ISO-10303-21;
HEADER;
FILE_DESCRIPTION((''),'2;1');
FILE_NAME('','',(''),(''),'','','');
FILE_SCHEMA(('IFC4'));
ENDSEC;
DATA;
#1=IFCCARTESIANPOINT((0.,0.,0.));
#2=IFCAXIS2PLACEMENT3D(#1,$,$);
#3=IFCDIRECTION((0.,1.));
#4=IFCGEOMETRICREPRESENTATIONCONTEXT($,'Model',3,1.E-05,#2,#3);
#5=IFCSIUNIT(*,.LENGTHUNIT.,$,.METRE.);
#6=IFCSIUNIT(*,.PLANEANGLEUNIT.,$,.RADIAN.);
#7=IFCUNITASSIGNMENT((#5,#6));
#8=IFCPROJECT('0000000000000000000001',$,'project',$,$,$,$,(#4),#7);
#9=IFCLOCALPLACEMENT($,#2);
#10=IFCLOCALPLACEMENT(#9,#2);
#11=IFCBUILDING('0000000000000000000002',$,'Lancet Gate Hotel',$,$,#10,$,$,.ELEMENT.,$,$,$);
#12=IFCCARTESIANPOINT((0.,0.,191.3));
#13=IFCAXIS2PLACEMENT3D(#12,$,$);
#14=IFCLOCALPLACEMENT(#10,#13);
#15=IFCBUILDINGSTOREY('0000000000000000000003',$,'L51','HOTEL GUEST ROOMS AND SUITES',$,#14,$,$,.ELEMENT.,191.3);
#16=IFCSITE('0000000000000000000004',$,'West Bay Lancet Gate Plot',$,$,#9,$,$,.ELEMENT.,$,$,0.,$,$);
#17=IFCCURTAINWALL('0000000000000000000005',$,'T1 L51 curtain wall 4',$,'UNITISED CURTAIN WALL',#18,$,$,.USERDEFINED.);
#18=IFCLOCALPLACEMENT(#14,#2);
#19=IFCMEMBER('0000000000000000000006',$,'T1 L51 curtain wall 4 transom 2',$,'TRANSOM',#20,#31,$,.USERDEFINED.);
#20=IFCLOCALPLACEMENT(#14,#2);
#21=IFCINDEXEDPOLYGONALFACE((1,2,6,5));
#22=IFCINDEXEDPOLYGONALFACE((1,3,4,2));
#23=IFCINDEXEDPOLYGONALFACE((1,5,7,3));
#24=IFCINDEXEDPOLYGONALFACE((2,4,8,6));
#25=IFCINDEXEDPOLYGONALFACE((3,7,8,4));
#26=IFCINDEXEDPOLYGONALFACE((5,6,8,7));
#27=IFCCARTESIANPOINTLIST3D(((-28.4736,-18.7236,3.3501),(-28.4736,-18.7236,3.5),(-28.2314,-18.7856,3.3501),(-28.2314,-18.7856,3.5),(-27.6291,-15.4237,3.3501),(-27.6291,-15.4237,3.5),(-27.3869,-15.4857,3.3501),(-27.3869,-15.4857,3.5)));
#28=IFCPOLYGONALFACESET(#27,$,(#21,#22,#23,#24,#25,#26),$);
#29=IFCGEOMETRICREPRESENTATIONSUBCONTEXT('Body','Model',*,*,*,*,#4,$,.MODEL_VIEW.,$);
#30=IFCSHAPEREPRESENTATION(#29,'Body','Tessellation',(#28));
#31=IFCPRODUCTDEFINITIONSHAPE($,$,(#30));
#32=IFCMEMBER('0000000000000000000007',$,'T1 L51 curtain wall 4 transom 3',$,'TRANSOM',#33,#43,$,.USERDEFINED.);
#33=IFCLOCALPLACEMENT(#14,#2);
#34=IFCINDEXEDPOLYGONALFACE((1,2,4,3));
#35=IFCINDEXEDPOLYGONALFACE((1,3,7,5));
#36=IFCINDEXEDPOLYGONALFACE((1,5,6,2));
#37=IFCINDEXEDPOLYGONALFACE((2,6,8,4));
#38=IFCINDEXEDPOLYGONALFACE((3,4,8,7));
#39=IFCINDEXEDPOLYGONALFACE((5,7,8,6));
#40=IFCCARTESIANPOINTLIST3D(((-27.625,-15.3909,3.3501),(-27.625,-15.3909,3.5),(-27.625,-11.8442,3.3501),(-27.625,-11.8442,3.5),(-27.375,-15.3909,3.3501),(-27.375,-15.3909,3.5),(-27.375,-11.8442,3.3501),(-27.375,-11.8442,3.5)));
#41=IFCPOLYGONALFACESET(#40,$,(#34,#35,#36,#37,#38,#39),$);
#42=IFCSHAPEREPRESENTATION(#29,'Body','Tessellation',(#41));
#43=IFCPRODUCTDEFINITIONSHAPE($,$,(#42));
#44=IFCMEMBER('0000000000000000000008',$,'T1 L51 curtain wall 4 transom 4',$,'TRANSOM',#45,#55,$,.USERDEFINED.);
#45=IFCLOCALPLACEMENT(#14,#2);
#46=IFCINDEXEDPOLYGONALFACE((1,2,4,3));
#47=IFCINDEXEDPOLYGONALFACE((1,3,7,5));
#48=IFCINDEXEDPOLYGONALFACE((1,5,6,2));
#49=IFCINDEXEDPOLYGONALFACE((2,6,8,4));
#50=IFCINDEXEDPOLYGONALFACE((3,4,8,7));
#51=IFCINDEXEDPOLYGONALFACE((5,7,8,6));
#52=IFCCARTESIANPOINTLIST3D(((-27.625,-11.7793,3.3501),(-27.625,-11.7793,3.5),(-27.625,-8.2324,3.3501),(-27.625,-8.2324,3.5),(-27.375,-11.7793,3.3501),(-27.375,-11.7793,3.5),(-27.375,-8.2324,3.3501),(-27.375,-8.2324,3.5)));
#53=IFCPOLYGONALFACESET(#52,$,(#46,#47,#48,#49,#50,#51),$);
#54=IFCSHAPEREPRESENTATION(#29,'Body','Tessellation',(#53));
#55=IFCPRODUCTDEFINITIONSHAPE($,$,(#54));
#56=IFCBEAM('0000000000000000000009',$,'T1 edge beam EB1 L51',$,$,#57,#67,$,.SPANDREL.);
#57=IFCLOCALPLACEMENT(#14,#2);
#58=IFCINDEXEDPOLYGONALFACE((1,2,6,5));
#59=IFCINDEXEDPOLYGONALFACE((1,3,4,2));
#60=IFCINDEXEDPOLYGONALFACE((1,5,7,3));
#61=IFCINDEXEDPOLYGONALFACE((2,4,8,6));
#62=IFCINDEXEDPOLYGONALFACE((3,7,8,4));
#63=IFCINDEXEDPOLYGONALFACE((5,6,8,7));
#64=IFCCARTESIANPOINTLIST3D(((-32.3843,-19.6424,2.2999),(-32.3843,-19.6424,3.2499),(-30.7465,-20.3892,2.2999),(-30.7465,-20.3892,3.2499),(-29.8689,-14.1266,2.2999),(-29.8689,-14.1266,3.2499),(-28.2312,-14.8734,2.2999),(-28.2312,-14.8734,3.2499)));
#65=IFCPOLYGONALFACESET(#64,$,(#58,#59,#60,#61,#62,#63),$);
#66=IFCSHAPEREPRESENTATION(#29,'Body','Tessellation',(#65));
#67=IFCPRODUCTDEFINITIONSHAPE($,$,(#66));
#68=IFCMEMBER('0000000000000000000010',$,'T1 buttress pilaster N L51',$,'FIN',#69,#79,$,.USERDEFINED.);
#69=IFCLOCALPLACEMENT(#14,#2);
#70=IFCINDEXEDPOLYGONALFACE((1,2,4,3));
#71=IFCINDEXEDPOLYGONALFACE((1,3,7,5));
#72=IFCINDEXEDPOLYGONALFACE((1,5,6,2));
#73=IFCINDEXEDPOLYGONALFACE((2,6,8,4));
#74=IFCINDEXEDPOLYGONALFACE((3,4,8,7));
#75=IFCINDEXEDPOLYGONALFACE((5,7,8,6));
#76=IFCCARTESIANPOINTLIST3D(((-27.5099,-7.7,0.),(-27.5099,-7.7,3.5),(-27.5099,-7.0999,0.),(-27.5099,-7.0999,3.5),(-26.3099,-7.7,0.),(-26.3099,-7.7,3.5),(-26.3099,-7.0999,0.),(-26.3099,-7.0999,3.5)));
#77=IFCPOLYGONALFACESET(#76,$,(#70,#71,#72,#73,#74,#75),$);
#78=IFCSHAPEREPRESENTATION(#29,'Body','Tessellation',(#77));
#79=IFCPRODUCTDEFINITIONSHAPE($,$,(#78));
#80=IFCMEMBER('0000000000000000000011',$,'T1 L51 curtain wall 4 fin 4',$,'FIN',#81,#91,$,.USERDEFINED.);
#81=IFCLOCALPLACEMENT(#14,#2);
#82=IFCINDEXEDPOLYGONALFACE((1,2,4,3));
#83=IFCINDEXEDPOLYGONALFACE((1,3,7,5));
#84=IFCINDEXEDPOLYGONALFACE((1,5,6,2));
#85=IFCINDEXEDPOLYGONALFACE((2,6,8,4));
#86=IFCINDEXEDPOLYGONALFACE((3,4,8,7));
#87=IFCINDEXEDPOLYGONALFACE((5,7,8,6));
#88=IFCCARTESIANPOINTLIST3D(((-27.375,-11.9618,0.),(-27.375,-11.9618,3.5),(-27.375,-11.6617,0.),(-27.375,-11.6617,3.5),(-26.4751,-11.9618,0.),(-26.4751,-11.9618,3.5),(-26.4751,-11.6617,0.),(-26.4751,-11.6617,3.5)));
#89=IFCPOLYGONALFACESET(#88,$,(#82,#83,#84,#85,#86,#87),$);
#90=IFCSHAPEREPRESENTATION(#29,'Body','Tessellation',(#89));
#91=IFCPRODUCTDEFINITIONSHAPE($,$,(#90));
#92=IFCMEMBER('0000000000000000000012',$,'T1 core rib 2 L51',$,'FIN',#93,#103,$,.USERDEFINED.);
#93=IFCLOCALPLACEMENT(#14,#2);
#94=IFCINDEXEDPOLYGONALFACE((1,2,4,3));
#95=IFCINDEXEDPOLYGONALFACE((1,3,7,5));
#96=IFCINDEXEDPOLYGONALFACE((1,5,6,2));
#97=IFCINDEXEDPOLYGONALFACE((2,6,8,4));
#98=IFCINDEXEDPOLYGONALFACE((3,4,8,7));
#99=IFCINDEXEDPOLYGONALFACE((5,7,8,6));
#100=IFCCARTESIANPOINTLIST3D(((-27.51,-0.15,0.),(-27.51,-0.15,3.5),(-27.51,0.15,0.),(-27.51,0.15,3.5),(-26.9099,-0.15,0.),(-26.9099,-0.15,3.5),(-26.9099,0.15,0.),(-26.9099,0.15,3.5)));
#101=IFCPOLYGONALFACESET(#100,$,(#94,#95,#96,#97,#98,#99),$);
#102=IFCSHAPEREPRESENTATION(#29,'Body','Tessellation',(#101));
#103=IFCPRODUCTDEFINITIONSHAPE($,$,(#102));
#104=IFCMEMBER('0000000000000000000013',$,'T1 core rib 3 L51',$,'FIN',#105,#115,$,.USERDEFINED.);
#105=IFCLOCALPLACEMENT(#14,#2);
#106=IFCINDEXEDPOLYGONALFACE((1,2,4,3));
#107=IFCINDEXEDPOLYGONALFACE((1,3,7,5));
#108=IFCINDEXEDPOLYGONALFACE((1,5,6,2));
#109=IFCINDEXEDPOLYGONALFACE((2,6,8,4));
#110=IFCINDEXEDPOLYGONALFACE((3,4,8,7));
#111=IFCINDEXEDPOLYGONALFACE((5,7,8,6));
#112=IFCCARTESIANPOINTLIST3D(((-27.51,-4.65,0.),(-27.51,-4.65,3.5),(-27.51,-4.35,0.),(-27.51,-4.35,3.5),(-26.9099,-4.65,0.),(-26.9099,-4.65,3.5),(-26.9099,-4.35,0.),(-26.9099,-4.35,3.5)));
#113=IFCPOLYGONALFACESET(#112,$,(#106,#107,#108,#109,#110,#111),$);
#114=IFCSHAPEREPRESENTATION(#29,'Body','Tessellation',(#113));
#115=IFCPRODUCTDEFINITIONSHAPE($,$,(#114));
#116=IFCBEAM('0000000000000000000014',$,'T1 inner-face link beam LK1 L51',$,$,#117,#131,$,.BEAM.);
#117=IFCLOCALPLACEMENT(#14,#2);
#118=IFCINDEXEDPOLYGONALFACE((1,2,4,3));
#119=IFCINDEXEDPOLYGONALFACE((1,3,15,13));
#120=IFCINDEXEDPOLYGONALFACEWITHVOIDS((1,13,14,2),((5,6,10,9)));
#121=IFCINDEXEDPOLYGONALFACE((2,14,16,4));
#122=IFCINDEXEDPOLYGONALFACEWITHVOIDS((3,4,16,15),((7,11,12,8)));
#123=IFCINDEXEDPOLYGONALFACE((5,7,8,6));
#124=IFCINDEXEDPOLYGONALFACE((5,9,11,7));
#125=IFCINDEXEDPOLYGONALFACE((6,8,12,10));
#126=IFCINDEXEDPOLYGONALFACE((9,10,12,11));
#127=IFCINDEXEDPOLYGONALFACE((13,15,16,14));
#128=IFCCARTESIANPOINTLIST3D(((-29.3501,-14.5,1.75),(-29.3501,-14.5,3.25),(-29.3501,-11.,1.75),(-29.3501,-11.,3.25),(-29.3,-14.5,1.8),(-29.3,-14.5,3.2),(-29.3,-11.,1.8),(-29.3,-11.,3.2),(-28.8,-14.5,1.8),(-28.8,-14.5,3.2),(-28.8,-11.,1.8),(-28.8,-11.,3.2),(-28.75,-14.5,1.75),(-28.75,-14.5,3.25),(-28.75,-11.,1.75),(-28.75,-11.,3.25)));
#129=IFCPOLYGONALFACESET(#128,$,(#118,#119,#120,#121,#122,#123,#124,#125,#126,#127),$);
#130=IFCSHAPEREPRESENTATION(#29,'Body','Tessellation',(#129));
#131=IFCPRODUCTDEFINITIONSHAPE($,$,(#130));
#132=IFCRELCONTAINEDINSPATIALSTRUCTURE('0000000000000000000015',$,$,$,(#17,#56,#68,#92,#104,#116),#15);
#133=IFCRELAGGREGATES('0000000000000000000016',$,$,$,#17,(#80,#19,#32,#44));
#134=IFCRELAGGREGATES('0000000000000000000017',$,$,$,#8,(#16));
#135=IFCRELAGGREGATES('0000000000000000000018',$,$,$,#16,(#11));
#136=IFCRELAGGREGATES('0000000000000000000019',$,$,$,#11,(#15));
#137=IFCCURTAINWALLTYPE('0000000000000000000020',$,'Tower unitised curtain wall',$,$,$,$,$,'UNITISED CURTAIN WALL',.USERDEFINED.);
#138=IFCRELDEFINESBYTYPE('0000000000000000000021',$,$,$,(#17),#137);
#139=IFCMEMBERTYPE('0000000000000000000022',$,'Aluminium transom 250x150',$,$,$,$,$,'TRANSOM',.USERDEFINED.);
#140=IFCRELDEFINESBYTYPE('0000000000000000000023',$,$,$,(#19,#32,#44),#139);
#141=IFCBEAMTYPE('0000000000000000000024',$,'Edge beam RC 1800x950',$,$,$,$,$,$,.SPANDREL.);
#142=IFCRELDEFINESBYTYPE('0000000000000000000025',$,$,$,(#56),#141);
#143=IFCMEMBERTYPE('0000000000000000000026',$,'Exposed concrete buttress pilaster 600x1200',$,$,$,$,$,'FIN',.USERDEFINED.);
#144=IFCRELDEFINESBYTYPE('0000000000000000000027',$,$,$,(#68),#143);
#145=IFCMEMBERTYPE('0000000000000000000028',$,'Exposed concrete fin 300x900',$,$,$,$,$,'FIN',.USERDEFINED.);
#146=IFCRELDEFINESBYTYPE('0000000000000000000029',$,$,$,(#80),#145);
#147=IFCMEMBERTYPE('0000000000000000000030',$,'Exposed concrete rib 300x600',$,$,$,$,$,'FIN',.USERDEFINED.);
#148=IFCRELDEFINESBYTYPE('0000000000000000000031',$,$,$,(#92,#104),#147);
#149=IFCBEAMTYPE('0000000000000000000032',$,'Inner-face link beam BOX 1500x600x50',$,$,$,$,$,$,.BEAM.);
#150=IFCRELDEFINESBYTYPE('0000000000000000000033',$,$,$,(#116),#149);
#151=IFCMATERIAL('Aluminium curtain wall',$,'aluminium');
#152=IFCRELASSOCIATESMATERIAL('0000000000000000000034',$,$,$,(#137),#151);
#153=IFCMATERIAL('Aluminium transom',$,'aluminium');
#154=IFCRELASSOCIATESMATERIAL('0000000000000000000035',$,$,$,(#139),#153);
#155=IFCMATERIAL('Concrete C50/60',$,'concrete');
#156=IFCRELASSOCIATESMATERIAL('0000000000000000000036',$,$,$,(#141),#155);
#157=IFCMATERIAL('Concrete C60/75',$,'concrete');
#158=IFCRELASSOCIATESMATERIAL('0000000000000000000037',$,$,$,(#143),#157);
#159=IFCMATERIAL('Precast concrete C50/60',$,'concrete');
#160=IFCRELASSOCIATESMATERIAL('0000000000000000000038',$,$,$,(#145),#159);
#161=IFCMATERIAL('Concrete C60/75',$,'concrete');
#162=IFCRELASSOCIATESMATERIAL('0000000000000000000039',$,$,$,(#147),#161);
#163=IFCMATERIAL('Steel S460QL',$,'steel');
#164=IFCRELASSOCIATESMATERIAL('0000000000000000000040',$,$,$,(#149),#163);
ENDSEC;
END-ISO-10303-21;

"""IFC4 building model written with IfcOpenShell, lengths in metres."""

from ifc_helpers import new_model, si_unit, direction, frame, origin, origin_2d, place, context, subcontext, project, spatial, rectangle, hollow_rectangle, extrude, material, material_profile, profile_set, type_object, element, aggregate, save


model = new_model("IFC4")

# Units and contexts
model_context = context("Model", 3, precision=1e-05, world=origin(), true_north=direction((0.0, 1.0)))
body_context = subcontext(model_context, "Body", "Model", "MODEL_VIEW")
ifc_project = project(units=[si_unit("LENGTHUNIT", "METRE"), si_unit("PLANEANGLEUNIT", "RADIAN")], contexts=[model_context])

# Site, building, storey
site_placement = place(None, origin())
site = spatial("IfcSite", under=ifc_project, at=site_placement, Name="West Bay Lancet Gate Plot", CompositionType="ELEMENT", RefElevation=0.0)
building_placement = place(site_placement, origin())
building = spatial("IfcBuilding", under=site, at=building_placement, Name="Lancet Gate Hotel", CompositionType="ELEMENT")
storey_placement = place(building_placement, frame((0.0, 0.0, 191.3)))
storey = spatial("IfcBuildingStorey", under=building, at=storey_placement, Name="L51", Description="HOTEL GUEST ROOMS AND SUITES", CompositionType="ELEMENT", Elevation=191.3)

# Curtain wall, members
ifc_material_1 = material(Name="Aluminium curtain wall", Category="aluminium")
curtain_wall_type = type_object("IfcCurtainWallType", Name="Tower unitised curtain wall", ElementType="UNITISED CURTAIN WALL", PredefinedType="USERDEFINED", material=ifc_material_1)
curtain_wall_placement = place(storey_placement, origin())
curtain_wall = element("IfcCurtainWall", 1, at=curtain_wall_placement, inside=storey, type_object=curtain_wall_type, Name="T1 L51 curtain wall 4", ObjectType="UNITISED CURTAIN WALL", PredefinedType="USERDEFINED")
ifc_material_2 = material(Name="Aluminium transom", Category="aluminium")
ifc_material_profile_1 = material_profile(ifc_material_2, rectangle(XDim=0.25, YDim=0.1499, at=origin_2d()), Name="TRANSOM 250x150")
ifc_profile_set_1 = profile_set([ifc_material_profile_1], Name="Aluminium transom")
member_type_1 = type_object("IfcMemberType", Name="Aluminium transom 250x150", ElementType="TRANSOM", PredefinedType="USERDEFINED", material=ifc_profile_set_1)
member_1_placement = place(storey_placement, frame((-28.3525, -18.7546, 3.425), z_axis=(0.247929, 0.968778, 0.0), x_axis=(-0.968778, 0.247929, 0.0)))
member_1 = element("IfcMember", 2, at=member_1_placement, type_object=member_type_1, Name="T1 L51 curtain wall 4 transom 2", ObjectType="TRANSOM", PredefinedType="USERDEFINED", context=body_context, shape_type="SweptSolid", body=[
    extrude(rectangle(XDim=0.25, YDim=0.1499, at=origin_2d()), origin(), (0.0, 0.0, 1.0), 3.4062),
])
member_2_placement = place(storey_placement, frame((-27.5, -15.3909, 3.425), z_axis=(0.0, 1.0, 0.0), x_axis=(-1.0, 0.0, 0.0)))
member_2 = element("IfcMember", 3, at=member_2_placement, type_object=member_type_1, Name="T1 L51 curtain wall 4 transom 3", ObjectType="TRANSOM", PredefinedType="USERDEFINED", context=body_context, shape_type="SweptSolid", body=[
    extrude(rectangle(XDim=0.25, YDim=0.1499, at=origin_2d()), origin(), (0.0, 0.0, 1.0), 3.5466),
])
member_3_placement = place(storey_placement, frame((-27.5, -11.7793, 3.425), z_axis=(0.0, 1.0, 0.0), x_axis=(-1.0, 0.0, 0.0)))
member_3 = element("IfcMember", 4, at=member_3_placement, type_object=member_type_1, Name="T1 L51 curtain wall 4 transom 4", ObjectType="TRANSOM", PredefinedType="USERDEFINED", context=body_context, shape_type="SweptSolid", body=[
    extrude(rectangle(XDim=0.25, YDim=0.1499, at=origin_2d()), origin(), (0.0, 0.0, 1.0), 3.5469),
])

# Beam
ifc_material_3 = material(Name="Concrete C50/60", Category="concrete")
ifc_material_profile_2 = material_profile(ifc_material_3, rectangle(XDim=1.8, YDim=0.95, at=origin_2d()), Name="RC 1800x950")
ifc_profile_set_2 = profile_set([ifc_material_profile_2], Name="Concrete C50/60")
beam_type_1 = type_object("IfcBeamType", Name="Edge beam RC 1800x950", PredefinedType="SPANDREL", material=ifc_profile_set_2)
beam_1_placement = place(storey_placement, frame((-29.05, -14.5, 2.7749), z_axis=(-0.414919, -0.909858, 0.0), x_axis=(0.909858, -0.414919, 0.0)))
element("IfcBeam", 5, at=beam_1_placement, inside=storey, type_object=beam_type_1, Name="T1 edge beam EB1 L51", PredefinedType="SPANDREL", context=body_context, shape_type="SweptSolid", body=[
    extrude(rectangle(XDim=1.8, YDim=0.95, at=origin_2d()), origin(), (0.0, 0.0, 1.0), 6.0623),
])

# Members
ifc_material_4 = material(Name="Concrete C60/75", Category="concrete")
ifc_material_profile_3 = material_profile(ifc_material_4, rectangle(XDim=0.6001, YDim=1.2, at=origin_2d()), Name="FIN 600x1200")
ifc_profile_set_3 = profile_set([ifc_material_profile_3], Name="Concrete C60/75")
member_type_2 = type_object("IfcMemberType", Name="Exposed concrete buttress pilaster 600x1200", ElementType="FIN", PredefinedType="USERDEFINED", material=ifc_profile_set_3)
member_4_placement = place(storey_placement, frame((-26.9099, -7.3999, 0.0), z_axis=(0.0, 0.0, 1.0), x_axis=(0.0, 1.0, 0.0)))
element("IfcMember", 6, at=member_4_placement, inside=storey, type_object=member_type_2, Name="T1 buttress pilaster N L51", ObjectType="FIN", PredefinedType="USERDEFINED", context=body_context, shape_type="SweptSolid", body=[
    extrude(rectangle(XDim=0.6001, YDim=1.2, at=origin_2d()), origin(), (0.0, 0.0, 1.0), 3.5),
])
ifc_material_5 = material(Name="Precast concrete C50/60", Category="concrete")
ifc_material_profile_4 = material_profile(ifc_material_5, rectangle(XDim=0.3, YDim=0.8999, at=origin_2d()), Name="FIN 300x900")
ifc_profile_set_4 = profile_set([ifc_material_profile_4], Name="Precast concrete C50/60")
member_type_3 = type_object("IfcMemberType", Name="Exposed concrete fin 300x900", ElementType="FIN", PredefinedType="USERDEFINED", material=ifc_profile_set_4)
member_5_placement = place(storey_placement, frame((-26.925, -11.8118, 0.0), z_axis=(0.0, 0.0, 1.0), x_axis=(0.0, 1.0, 0.0)))
member_5 = element("IfcMember", 7, at=member_5_placement, type_object=member_type_3, Name="T1 L51 curtain wall 4 fin 4", ObjectType="FIN", PredefinedType="USERDEFINED", context=body_context, shape_type="SweptSolid", body=[
    extrude(rectangle(XDim=0.3, YDim=0.8999, at=origin_2d()), origin(), (0.0, 0.0, 1.0), 3.5),
])

# Members
ifc_material_6 = material(Name="Concrete C60/75", Category="concrete")
ifc_material_profile_5 = material_profile(ifc_material_6, rectangle(XDim=0.3, YDim=0.6001, at=origin_2d()), Name="FIN 300x600")
ifc_profile_set_5 = profile_set([ifc_material_profile_5], Name="Concrete C60/75")
member_type_4 = type_object("IfcMemberType", Name="Exposed concrete rib 300x600", ElementType="FIN", PredefinedType="USERDEFINED", material=ifc_profile_set_5)
for number, where, z_axis, x_axis, name in (
    (8, (-27.21, 0.0, 0.0), (0.0, 0.0, 1.0), (0.0, 1.0, 0.0), "T1 core rib 2 L51"),
    (9, (-27.21, -4.5, 0.0), (0.0, 0.0, 1.0), (0.0, 1.0, 0.0), "T1 core rib 3 L51"),
):
    element("IfcMember", number, at=place(storey_placement, frame(where, z_axis=z_axis, x_axis=x_axis)), inside=storey, type_object=member_type_4, Name=name, ObjectType="FIN", PredefinedType="USERDEFINED", context=body_context, shape_type="SweptSolid", body=[
        extrude(rectangle(XDim=0.3, YDim=0.6001, at=origin_2d()), origin(), (0.0, 0.0, 1.0), 3.5),
    ])

# Beam
ifc_material_7 = material(Name="Steel S460QL", Category="steel")
ifc_material_profile_6 = material_profile(ifc_material_7, hollow_rectangle(XDim=0.6001, YDim=1.5, WallThickness=0.05, at=origin_2d()), Name="BOX 1500x600x50")
ifc_profile_set_6 = profile_set([ifc_material_profile_6], Name="Steel S460QL")
beam_type_2 = type_object("IfcBeamType", Name="Inner-face link beam BOX 1500x600x50", PredefinedType="BEAM", material=ifc_profile_set_6)
beam_2_placement = place(storey_placement, frame((-29.05, -11.0, 2.5), z_axis=(0.0, -1.0, 0.0), x_axis=(1.0, 0.0, 0.0)))
element("IfcBeam", 10, at=beam_2_placement, inside=storey, type_object=beam_type_2, Name="T1 inner-face link beam LK1 L51", PredefinedType="BEAM", context=body_context, shape_type="SweptSolid", body=[
    extrude(hollow_rectangle(XDim=0.6001, YDim=1.5, WallThickness=0.05, at=origin_2d()), origin(), (0.0, 0.0, 1.0), 3.5),
])

aggregate(curtain_wall, [member_5, member_1, member_2, member_3])

save(model, "model.ifc")
